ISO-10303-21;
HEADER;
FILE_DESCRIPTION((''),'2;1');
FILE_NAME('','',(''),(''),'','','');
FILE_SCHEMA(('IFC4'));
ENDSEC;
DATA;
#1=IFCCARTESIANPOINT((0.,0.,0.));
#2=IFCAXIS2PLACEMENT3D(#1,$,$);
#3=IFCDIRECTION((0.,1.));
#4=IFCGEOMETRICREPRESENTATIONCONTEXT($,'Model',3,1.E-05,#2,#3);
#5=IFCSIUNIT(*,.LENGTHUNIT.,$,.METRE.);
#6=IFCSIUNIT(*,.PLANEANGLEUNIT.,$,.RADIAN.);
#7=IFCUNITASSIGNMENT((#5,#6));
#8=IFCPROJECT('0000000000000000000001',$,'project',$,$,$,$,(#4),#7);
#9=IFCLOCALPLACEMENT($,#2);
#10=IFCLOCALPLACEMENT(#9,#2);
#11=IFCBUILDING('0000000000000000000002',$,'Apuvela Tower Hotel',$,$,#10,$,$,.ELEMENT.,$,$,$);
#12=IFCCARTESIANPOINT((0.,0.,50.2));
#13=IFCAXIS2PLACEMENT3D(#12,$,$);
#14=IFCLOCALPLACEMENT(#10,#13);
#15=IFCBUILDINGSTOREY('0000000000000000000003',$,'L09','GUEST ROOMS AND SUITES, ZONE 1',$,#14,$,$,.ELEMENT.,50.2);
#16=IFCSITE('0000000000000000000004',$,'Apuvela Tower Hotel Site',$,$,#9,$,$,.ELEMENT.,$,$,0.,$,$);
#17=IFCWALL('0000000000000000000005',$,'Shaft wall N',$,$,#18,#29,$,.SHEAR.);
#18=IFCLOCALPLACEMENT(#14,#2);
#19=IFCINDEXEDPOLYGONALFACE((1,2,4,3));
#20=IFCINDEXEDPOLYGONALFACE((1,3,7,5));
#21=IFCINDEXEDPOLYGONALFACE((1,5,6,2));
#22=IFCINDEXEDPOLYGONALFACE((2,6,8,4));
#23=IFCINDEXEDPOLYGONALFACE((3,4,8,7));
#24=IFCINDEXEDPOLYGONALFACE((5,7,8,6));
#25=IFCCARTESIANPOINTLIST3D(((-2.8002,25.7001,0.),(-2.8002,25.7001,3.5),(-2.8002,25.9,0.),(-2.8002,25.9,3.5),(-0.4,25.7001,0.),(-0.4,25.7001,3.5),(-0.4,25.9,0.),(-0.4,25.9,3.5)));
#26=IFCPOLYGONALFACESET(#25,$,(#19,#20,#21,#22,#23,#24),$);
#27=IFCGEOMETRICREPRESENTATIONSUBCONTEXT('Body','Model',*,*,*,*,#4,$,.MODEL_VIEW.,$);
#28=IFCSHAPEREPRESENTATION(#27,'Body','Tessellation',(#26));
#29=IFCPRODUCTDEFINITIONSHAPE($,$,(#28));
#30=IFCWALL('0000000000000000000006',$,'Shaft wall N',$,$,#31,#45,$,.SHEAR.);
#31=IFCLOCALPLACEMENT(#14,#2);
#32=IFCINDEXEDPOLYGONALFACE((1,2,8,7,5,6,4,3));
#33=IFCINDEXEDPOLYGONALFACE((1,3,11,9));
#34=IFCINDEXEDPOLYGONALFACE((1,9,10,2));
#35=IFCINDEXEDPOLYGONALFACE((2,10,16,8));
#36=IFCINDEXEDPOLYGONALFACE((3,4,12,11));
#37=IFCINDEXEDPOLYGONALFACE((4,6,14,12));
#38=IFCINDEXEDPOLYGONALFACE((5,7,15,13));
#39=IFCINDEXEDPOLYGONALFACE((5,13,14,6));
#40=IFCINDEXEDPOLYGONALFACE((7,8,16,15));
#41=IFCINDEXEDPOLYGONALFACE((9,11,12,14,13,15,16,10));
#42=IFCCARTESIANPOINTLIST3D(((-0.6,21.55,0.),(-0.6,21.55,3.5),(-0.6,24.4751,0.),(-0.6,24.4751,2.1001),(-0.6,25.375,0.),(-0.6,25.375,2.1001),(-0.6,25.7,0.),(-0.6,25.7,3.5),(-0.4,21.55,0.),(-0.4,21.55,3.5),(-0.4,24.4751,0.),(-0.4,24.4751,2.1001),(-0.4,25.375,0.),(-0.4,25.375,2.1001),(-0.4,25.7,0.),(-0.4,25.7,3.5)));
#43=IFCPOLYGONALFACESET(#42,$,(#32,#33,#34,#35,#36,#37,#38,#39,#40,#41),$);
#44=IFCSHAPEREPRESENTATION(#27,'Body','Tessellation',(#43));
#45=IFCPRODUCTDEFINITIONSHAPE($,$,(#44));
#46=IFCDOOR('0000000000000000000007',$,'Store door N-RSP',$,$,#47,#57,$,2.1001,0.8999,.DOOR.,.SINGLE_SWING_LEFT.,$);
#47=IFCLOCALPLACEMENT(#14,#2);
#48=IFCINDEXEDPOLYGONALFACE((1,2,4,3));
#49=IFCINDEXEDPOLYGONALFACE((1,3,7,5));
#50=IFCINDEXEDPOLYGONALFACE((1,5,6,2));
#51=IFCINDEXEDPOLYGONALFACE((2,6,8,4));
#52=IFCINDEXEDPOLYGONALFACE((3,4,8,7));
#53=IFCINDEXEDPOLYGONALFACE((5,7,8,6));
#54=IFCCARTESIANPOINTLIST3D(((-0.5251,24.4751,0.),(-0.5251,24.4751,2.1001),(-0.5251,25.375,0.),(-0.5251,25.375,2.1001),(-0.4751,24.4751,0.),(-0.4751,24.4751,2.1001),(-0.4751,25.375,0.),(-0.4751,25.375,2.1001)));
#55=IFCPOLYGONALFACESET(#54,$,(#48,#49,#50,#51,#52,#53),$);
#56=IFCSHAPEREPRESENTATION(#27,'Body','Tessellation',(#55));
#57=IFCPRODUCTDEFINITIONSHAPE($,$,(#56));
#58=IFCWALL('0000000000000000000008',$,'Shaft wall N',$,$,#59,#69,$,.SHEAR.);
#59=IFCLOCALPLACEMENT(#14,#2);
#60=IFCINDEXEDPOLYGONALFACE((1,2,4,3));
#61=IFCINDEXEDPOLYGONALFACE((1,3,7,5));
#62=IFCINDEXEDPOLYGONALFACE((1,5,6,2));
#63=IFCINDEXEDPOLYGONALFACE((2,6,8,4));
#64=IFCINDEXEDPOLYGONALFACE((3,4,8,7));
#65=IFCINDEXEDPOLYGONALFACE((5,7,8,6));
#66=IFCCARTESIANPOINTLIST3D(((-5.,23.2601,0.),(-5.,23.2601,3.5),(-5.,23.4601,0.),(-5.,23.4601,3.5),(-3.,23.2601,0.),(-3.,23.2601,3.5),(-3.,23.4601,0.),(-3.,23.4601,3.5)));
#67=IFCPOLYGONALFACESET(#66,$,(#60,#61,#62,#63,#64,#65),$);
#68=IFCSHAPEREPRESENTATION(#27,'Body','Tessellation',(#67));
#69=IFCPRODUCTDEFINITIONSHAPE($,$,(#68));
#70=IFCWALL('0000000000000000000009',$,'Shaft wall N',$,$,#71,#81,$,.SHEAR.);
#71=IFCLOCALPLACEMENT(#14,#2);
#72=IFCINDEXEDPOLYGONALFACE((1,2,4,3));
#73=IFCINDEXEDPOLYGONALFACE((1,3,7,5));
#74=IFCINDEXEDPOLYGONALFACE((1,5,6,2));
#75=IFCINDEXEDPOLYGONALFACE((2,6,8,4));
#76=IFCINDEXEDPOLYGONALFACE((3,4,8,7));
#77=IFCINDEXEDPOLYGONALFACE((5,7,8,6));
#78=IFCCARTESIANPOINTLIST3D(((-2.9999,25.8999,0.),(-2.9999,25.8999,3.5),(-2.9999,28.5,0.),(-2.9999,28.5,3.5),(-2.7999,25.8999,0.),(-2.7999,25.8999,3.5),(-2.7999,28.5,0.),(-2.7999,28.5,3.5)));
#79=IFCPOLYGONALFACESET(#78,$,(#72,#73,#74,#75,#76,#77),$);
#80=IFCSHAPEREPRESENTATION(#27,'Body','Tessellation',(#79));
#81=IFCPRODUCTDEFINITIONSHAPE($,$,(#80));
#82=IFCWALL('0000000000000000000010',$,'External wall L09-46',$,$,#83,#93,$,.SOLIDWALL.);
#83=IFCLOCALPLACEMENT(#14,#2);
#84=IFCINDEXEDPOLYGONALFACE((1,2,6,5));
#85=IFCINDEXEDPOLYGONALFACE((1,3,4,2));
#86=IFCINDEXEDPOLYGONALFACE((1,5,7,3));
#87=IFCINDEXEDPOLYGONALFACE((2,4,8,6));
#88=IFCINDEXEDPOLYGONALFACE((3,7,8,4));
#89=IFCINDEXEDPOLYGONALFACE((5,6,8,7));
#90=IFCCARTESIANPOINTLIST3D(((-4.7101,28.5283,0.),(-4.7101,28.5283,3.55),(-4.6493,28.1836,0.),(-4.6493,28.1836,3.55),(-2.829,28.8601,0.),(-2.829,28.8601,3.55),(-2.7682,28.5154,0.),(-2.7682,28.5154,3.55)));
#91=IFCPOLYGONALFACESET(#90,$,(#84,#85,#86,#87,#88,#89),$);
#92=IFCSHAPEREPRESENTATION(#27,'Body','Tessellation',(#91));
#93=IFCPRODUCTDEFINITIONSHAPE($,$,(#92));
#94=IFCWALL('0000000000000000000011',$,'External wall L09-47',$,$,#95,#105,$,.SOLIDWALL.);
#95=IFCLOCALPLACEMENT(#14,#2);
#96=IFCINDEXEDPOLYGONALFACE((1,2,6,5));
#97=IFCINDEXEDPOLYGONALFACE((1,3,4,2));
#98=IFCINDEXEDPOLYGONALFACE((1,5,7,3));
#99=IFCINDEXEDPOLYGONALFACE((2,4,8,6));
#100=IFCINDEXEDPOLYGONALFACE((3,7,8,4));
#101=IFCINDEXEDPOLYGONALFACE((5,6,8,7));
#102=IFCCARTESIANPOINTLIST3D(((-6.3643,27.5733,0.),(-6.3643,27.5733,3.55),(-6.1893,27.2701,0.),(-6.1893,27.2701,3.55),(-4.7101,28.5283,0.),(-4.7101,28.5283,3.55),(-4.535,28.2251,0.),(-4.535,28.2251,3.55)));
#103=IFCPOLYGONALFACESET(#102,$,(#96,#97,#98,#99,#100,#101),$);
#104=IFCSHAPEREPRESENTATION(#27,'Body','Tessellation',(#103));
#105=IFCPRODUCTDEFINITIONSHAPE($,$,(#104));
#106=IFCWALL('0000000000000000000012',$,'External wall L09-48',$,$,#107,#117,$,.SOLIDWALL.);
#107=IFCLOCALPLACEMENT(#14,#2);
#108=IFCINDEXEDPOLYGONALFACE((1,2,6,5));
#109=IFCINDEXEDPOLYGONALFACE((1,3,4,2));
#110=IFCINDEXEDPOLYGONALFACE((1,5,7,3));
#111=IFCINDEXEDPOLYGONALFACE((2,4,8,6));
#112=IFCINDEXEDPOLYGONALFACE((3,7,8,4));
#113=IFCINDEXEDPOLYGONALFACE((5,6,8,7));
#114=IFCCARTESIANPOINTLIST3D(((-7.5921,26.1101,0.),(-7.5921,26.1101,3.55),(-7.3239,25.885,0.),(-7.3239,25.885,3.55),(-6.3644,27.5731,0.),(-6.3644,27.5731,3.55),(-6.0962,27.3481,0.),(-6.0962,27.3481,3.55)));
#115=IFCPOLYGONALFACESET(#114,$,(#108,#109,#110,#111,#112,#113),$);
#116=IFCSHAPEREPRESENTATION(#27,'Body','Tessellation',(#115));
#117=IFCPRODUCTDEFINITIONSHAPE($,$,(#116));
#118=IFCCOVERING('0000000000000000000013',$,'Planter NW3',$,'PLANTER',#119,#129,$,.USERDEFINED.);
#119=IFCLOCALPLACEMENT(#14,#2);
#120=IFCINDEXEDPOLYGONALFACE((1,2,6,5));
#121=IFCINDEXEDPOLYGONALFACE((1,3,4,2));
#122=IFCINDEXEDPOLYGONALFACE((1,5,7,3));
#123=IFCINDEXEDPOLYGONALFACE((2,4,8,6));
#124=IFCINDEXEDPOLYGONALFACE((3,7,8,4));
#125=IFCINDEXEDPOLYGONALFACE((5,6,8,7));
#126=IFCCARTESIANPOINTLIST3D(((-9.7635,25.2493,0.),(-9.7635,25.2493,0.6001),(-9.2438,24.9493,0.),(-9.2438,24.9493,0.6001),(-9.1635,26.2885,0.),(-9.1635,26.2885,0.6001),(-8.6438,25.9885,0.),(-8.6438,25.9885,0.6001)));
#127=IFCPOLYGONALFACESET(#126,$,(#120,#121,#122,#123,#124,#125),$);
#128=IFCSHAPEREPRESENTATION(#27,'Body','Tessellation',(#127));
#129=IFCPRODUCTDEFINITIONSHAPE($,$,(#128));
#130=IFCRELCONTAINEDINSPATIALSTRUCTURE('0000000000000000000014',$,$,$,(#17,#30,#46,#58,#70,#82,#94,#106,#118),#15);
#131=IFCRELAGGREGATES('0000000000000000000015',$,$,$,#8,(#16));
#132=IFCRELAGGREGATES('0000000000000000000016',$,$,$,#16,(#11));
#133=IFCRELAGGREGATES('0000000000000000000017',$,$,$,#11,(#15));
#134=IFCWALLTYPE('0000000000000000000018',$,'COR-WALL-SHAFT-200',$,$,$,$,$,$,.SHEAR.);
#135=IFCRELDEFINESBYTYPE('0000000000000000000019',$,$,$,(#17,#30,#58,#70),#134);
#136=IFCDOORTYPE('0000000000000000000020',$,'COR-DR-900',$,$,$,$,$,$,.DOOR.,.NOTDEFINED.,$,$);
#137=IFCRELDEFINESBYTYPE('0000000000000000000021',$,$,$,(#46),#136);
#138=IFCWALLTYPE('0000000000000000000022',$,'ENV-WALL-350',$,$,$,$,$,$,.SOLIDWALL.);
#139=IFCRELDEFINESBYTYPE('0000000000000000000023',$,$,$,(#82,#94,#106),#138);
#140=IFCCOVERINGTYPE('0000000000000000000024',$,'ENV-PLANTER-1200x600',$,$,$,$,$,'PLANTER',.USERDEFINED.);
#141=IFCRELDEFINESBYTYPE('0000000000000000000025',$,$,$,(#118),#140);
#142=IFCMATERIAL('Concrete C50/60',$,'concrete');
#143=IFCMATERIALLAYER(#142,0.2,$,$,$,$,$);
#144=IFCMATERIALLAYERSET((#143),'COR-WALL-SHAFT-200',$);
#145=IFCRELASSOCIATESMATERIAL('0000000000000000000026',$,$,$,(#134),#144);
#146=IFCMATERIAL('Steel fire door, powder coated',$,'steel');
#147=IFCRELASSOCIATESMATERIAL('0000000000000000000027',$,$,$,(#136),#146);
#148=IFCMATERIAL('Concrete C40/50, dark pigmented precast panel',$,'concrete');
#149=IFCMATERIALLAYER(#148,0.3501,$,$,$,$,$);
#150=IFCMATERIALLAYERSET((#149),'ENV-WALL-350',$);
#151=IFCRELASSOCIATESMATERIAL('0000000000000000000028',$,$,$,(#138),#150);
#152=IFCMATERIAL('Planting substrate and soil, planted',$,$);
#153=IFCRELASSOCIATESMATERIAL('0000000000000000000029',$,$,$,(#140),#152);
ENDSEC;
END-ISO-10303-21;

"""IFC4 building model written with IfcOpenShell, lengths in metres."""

from ifc_helpers import new_model, si_unit, direction, frame, frame_2d, origin, origin_2d, place, context, subcontext, project, spatial, rectangle, extrude, material, layer, layer_set, type_object, element, fill, save


model = new_model("IFC4")

# Units and contexts
model_context = context("Model", 3, precision=1e-05, world=origin(), true_north=direction((0.0, 1.0)))
body_context = subcontext(model_context, "Body", "Model", "MODEL_VIEW")
ifc_project = project(units=[si_unit("LENGTHUNIT", "METRE"), si_unit("PLANEANGLEUNIT", "RADIAN")], contexts=[model_context])

# Site, building, storey
site_placement = place(None, origin())
site = spatial("IfcSite", under=ifc_project, at=site_placement, Name="Apuvela Tower Hotel Site", CompositionType="ELEMENT", RefElevation=0.0)
building_placement = place(site_placement, origin())
building = spatial("IfcBuilding", under=site, at=building_placement, Name="Apuvela Tower Hotel", CompositionType="ELEMENT")
storey_placement = place(building_placement, frame((0.0, 0.0, 50.2)))
storey = spatial("IfcBuildingStorey", under=building, at=storey_placement, Name="L09", Description="GUEST ROOMS AND SUITES, ZONE 1", CompositionType="ELEMENT", Elevation=50.2)

# Wall
ifc_material_1 = material(Name="Concrete C50/60", Category="concrete")
ifc_layer_1 = layer(ifc_material_1, 0.2)
ifc_layer_set_1 = layer_set([ifc_layer_1], Name="COR-WALL-SHAFT-200")
wall_type_1 = type_object("IfcWallType", Name="COR-WALL-SHAFT-200", PredefinedType="SHEAR", material=ifc_layer_set_1)
wall_1_placement = place(storey_placement, frame((-0.3999, 25.8, 0.0), z_axis=(0.0, 0.0, 1.0), x_axis=(-1.0, 0.0, 0.0)))
element("IfcWall", 1, at=wall_1_placement, inside=storey, type_object=wall_type_1, Name="Shaft wall N", PredefinedType="SHEAR", context=body_context, shape_type="SweptSolid", body=[
    extrude(rectangle(XDim=2.4001, YDim=0.2, at=frame_2d((1.2002, 0.0))), origin(), (0.0, 0.0, 1.0), 3.5),
])

# Wall, opening, door
wall_2_placement = place(storey_placement, frame((-0.5, 21.55, 0.0), z_axis=(0.0, 0.0, 1.0), x_axis=(0.0, 1.0, 0.0)))
wall_2 = element("IfcWall", 2, at=wall_2_placement, inside=storey, type_object=wall_type_1, Name="Shaft wall N", PredefinedType="SHEAR", context=body_context, shape_type="SweptSolid", body=[
    extrude(rectangle(XDim=4.1499, YDim=0.2, at=frame_2d((2.075, 0.0))), origin(), (0.0, 0.0, 1.0), 3.5),
])
opening_1_placement = place(wall_2_placement, frame((2.925, 0.0, 0.0)))
opening_1 = element("IfcOpeningElement", 3, at=opening_1_placement, cuts=wall_2, PredefinedType="OPENING", context=body_context, shape_type="SweptSolid", body=[
    extrude(rectangle(XDim=0.8999, YDim=2.1001, at=frame_2d((0.45, 1.05))), frame((0.0, 0.1099, 0.0), z_axis=(0.0, -1.0, 0.0), x_axis=(1.0, 0.0, 0.0)), (0.0, 0.0, 1.0), 0.22),
])
ifc_material_2 = material(Name="Steel fire door, powder coated", Category="steel")
door_type_1 = type_object("IfcDoorType", Name="COR-DR-900", OperationType="NOTDEFINED", PredefinedType="DOOR", material=ifc_material_2)
door_1_placement = place(opening_1_placement, frame((0.8999, 0.0, 0.0), z_axis=(0.0, 0.0, 1.0), x_axis=(-1.0, 0.0, 0.0)))
door_1 = element("IfcDoor", 4, at=door_1_placement, inside=storey, type_object=door_type_1, Name="Store door N-RSP", OperationType="SINGLE_SWING_LEFT", OverallHeight=2.1001, OverallWidth=0.8999, PredefinedType="DOOR", context=body_context, shape_type="SweptSolid", body=[
    extrude(rectangle(XDim=0.8999, YDim=2.1001, at=frame_2d((0.45, 1.05))), frame((0.0, 0.0249, 0.0), z_axis=(0.0, -1.0, 0.0), x_axis=(1.0, 0.0, 0.0)), (0.0, 0.0, 1.0), 0.05),
])
fill(opening_1, door_1)

# Walls
wall_3_placement = place(storey_placement, frame((-3.0, 23.3601, 0.0), z_axis=(0.0, 0.0, 1.0), x_axis=(-1.0, 0.0, 0.0)))
element("IfcWall", 5, at=wall_3_placement, inside=storey, type_object=wall_type_1, Name="Shaft wall N", PredefinedType="SHEAR", context=body_context, shape_type="SweptSolid", body=[
    extrude(rectangle(XDim=2.0, YDim=0.2, at=frame_2d((1.0, 0.0))), origin(), (0.0, 0.0, 1.0), 3.5),
])
wall_4_placement = place(storey_placement, frame((-2.8999, 25.8999, 0.0), z_axis=(0.0, 0.0, 1.0), x_axis=(0.0, 1.0, 0.0)))
element("IfcWall", 6, at=wall_4_placement, inside=storey, type_object=wall_type_1, Name="Shaft wall N", PredefinedType="SHEAR", context=body_context, shape_type="SweptSolid", body=[
    extrude(rectangle(XDim=2.6001, YDim=0.2, at=frame_2d((1.3, 0.0))), origin(), (0.0, 0.0, 1.0), 3.5),
])

# Shared definitions
ifc_material_3 = material(Name="Concrete C40/50, dark pigmented precast panel", Category="concrete")
ifc_layer_2 = layer(ifc_material_3, 0.3501)
ifc_layer_set_2 = layer_set([ifc_layer_2], Name="ENV-WALL-350")
wall_type_2 = type_object("IfcWallType", Name="ENV-WALL-350", PredefinedType="SOLIDWALL", material=ifc_layer_set_2)

# Walls
for number, where, z_axis, x_axis, name in (
    (7, (-2.7986, 28.6877, 0.0), (0.0, 0.0, 1.0), (-0.984799, -0.173698, 0.0), "External wall L09-46"),
    (8, (-4.6226, 28.3767, 0.0), (0.0, 0.0, 1.0), (-0.866032, -0.499988, 0.0), "External wall L09-47"),
):
    element("IfcWall", number, at=place(storey_placement, frame(where, z_axis=z_axis, x_axis=x_axis)), inside=storey, type_object=wall_type_2, Name=name, PredefinedType="SOLIDWALL", context=body_context, shape_type="SweptSolid", body=[
        extrude(rectangle(XDim=1.9102, YDim=0.3501, at=frame_2d((0.9551, 0.0))), origin(), (0.0, 0.0, 1.0), 3.55),
    ])
wall_5_placement = place(storey_placement, frame((-6.2302, 27.4607, 0.0), z_axis=(0.0, 0.0, 1.0), x_axis=(-0.642808, -0.766027, 0.0)))
element("IfcWall", 9, at=wall_5_placement, inside=storey, type_object=wall_type_2, Name="External wall L09-48", PredefinedType="SOLIDWALL", context=body_context, shape_type="SweptSolid", body=[
    extrude(rectangle(XDim=1.9099, YDim=0.3501, at=frame_2d((0.9551, 0.0))), origin(), (0.0, 0.0, 1.0), 3.55),
])

# Covering
ifc_material_4 = material(Name="Planting substrate and soil, planted")
covering_type = type_object("IfcCoveringType", Name="ENV-PLANTER-1200x600", ElementType="PLANTER", PredefinedType="USERDEFINED", material=ifc_material_4)
covering_placement = place(storey_placement, frame((-9.2036, 25.6189, 0.0), z_axis=(0.0, 0.0, 1.0), x_axis=(-0.5, -0.866025, 0.0)))
element("IfcCovering", 10, at=covering_placement, inside=storey, type_object=covering_type, Name="Planter NW3", ObjectType="PLANTER", PredefinedType="USERDEFINED", context=body_context, shape_type="SweptSolid", body=[
    extrude(rectangle(XDim=1.2, YDim=0.6001, at=origin_2d()), origin(), (0.0, 0.0, 1.0), 0.6001),
])

save(model, "model.ifc")
